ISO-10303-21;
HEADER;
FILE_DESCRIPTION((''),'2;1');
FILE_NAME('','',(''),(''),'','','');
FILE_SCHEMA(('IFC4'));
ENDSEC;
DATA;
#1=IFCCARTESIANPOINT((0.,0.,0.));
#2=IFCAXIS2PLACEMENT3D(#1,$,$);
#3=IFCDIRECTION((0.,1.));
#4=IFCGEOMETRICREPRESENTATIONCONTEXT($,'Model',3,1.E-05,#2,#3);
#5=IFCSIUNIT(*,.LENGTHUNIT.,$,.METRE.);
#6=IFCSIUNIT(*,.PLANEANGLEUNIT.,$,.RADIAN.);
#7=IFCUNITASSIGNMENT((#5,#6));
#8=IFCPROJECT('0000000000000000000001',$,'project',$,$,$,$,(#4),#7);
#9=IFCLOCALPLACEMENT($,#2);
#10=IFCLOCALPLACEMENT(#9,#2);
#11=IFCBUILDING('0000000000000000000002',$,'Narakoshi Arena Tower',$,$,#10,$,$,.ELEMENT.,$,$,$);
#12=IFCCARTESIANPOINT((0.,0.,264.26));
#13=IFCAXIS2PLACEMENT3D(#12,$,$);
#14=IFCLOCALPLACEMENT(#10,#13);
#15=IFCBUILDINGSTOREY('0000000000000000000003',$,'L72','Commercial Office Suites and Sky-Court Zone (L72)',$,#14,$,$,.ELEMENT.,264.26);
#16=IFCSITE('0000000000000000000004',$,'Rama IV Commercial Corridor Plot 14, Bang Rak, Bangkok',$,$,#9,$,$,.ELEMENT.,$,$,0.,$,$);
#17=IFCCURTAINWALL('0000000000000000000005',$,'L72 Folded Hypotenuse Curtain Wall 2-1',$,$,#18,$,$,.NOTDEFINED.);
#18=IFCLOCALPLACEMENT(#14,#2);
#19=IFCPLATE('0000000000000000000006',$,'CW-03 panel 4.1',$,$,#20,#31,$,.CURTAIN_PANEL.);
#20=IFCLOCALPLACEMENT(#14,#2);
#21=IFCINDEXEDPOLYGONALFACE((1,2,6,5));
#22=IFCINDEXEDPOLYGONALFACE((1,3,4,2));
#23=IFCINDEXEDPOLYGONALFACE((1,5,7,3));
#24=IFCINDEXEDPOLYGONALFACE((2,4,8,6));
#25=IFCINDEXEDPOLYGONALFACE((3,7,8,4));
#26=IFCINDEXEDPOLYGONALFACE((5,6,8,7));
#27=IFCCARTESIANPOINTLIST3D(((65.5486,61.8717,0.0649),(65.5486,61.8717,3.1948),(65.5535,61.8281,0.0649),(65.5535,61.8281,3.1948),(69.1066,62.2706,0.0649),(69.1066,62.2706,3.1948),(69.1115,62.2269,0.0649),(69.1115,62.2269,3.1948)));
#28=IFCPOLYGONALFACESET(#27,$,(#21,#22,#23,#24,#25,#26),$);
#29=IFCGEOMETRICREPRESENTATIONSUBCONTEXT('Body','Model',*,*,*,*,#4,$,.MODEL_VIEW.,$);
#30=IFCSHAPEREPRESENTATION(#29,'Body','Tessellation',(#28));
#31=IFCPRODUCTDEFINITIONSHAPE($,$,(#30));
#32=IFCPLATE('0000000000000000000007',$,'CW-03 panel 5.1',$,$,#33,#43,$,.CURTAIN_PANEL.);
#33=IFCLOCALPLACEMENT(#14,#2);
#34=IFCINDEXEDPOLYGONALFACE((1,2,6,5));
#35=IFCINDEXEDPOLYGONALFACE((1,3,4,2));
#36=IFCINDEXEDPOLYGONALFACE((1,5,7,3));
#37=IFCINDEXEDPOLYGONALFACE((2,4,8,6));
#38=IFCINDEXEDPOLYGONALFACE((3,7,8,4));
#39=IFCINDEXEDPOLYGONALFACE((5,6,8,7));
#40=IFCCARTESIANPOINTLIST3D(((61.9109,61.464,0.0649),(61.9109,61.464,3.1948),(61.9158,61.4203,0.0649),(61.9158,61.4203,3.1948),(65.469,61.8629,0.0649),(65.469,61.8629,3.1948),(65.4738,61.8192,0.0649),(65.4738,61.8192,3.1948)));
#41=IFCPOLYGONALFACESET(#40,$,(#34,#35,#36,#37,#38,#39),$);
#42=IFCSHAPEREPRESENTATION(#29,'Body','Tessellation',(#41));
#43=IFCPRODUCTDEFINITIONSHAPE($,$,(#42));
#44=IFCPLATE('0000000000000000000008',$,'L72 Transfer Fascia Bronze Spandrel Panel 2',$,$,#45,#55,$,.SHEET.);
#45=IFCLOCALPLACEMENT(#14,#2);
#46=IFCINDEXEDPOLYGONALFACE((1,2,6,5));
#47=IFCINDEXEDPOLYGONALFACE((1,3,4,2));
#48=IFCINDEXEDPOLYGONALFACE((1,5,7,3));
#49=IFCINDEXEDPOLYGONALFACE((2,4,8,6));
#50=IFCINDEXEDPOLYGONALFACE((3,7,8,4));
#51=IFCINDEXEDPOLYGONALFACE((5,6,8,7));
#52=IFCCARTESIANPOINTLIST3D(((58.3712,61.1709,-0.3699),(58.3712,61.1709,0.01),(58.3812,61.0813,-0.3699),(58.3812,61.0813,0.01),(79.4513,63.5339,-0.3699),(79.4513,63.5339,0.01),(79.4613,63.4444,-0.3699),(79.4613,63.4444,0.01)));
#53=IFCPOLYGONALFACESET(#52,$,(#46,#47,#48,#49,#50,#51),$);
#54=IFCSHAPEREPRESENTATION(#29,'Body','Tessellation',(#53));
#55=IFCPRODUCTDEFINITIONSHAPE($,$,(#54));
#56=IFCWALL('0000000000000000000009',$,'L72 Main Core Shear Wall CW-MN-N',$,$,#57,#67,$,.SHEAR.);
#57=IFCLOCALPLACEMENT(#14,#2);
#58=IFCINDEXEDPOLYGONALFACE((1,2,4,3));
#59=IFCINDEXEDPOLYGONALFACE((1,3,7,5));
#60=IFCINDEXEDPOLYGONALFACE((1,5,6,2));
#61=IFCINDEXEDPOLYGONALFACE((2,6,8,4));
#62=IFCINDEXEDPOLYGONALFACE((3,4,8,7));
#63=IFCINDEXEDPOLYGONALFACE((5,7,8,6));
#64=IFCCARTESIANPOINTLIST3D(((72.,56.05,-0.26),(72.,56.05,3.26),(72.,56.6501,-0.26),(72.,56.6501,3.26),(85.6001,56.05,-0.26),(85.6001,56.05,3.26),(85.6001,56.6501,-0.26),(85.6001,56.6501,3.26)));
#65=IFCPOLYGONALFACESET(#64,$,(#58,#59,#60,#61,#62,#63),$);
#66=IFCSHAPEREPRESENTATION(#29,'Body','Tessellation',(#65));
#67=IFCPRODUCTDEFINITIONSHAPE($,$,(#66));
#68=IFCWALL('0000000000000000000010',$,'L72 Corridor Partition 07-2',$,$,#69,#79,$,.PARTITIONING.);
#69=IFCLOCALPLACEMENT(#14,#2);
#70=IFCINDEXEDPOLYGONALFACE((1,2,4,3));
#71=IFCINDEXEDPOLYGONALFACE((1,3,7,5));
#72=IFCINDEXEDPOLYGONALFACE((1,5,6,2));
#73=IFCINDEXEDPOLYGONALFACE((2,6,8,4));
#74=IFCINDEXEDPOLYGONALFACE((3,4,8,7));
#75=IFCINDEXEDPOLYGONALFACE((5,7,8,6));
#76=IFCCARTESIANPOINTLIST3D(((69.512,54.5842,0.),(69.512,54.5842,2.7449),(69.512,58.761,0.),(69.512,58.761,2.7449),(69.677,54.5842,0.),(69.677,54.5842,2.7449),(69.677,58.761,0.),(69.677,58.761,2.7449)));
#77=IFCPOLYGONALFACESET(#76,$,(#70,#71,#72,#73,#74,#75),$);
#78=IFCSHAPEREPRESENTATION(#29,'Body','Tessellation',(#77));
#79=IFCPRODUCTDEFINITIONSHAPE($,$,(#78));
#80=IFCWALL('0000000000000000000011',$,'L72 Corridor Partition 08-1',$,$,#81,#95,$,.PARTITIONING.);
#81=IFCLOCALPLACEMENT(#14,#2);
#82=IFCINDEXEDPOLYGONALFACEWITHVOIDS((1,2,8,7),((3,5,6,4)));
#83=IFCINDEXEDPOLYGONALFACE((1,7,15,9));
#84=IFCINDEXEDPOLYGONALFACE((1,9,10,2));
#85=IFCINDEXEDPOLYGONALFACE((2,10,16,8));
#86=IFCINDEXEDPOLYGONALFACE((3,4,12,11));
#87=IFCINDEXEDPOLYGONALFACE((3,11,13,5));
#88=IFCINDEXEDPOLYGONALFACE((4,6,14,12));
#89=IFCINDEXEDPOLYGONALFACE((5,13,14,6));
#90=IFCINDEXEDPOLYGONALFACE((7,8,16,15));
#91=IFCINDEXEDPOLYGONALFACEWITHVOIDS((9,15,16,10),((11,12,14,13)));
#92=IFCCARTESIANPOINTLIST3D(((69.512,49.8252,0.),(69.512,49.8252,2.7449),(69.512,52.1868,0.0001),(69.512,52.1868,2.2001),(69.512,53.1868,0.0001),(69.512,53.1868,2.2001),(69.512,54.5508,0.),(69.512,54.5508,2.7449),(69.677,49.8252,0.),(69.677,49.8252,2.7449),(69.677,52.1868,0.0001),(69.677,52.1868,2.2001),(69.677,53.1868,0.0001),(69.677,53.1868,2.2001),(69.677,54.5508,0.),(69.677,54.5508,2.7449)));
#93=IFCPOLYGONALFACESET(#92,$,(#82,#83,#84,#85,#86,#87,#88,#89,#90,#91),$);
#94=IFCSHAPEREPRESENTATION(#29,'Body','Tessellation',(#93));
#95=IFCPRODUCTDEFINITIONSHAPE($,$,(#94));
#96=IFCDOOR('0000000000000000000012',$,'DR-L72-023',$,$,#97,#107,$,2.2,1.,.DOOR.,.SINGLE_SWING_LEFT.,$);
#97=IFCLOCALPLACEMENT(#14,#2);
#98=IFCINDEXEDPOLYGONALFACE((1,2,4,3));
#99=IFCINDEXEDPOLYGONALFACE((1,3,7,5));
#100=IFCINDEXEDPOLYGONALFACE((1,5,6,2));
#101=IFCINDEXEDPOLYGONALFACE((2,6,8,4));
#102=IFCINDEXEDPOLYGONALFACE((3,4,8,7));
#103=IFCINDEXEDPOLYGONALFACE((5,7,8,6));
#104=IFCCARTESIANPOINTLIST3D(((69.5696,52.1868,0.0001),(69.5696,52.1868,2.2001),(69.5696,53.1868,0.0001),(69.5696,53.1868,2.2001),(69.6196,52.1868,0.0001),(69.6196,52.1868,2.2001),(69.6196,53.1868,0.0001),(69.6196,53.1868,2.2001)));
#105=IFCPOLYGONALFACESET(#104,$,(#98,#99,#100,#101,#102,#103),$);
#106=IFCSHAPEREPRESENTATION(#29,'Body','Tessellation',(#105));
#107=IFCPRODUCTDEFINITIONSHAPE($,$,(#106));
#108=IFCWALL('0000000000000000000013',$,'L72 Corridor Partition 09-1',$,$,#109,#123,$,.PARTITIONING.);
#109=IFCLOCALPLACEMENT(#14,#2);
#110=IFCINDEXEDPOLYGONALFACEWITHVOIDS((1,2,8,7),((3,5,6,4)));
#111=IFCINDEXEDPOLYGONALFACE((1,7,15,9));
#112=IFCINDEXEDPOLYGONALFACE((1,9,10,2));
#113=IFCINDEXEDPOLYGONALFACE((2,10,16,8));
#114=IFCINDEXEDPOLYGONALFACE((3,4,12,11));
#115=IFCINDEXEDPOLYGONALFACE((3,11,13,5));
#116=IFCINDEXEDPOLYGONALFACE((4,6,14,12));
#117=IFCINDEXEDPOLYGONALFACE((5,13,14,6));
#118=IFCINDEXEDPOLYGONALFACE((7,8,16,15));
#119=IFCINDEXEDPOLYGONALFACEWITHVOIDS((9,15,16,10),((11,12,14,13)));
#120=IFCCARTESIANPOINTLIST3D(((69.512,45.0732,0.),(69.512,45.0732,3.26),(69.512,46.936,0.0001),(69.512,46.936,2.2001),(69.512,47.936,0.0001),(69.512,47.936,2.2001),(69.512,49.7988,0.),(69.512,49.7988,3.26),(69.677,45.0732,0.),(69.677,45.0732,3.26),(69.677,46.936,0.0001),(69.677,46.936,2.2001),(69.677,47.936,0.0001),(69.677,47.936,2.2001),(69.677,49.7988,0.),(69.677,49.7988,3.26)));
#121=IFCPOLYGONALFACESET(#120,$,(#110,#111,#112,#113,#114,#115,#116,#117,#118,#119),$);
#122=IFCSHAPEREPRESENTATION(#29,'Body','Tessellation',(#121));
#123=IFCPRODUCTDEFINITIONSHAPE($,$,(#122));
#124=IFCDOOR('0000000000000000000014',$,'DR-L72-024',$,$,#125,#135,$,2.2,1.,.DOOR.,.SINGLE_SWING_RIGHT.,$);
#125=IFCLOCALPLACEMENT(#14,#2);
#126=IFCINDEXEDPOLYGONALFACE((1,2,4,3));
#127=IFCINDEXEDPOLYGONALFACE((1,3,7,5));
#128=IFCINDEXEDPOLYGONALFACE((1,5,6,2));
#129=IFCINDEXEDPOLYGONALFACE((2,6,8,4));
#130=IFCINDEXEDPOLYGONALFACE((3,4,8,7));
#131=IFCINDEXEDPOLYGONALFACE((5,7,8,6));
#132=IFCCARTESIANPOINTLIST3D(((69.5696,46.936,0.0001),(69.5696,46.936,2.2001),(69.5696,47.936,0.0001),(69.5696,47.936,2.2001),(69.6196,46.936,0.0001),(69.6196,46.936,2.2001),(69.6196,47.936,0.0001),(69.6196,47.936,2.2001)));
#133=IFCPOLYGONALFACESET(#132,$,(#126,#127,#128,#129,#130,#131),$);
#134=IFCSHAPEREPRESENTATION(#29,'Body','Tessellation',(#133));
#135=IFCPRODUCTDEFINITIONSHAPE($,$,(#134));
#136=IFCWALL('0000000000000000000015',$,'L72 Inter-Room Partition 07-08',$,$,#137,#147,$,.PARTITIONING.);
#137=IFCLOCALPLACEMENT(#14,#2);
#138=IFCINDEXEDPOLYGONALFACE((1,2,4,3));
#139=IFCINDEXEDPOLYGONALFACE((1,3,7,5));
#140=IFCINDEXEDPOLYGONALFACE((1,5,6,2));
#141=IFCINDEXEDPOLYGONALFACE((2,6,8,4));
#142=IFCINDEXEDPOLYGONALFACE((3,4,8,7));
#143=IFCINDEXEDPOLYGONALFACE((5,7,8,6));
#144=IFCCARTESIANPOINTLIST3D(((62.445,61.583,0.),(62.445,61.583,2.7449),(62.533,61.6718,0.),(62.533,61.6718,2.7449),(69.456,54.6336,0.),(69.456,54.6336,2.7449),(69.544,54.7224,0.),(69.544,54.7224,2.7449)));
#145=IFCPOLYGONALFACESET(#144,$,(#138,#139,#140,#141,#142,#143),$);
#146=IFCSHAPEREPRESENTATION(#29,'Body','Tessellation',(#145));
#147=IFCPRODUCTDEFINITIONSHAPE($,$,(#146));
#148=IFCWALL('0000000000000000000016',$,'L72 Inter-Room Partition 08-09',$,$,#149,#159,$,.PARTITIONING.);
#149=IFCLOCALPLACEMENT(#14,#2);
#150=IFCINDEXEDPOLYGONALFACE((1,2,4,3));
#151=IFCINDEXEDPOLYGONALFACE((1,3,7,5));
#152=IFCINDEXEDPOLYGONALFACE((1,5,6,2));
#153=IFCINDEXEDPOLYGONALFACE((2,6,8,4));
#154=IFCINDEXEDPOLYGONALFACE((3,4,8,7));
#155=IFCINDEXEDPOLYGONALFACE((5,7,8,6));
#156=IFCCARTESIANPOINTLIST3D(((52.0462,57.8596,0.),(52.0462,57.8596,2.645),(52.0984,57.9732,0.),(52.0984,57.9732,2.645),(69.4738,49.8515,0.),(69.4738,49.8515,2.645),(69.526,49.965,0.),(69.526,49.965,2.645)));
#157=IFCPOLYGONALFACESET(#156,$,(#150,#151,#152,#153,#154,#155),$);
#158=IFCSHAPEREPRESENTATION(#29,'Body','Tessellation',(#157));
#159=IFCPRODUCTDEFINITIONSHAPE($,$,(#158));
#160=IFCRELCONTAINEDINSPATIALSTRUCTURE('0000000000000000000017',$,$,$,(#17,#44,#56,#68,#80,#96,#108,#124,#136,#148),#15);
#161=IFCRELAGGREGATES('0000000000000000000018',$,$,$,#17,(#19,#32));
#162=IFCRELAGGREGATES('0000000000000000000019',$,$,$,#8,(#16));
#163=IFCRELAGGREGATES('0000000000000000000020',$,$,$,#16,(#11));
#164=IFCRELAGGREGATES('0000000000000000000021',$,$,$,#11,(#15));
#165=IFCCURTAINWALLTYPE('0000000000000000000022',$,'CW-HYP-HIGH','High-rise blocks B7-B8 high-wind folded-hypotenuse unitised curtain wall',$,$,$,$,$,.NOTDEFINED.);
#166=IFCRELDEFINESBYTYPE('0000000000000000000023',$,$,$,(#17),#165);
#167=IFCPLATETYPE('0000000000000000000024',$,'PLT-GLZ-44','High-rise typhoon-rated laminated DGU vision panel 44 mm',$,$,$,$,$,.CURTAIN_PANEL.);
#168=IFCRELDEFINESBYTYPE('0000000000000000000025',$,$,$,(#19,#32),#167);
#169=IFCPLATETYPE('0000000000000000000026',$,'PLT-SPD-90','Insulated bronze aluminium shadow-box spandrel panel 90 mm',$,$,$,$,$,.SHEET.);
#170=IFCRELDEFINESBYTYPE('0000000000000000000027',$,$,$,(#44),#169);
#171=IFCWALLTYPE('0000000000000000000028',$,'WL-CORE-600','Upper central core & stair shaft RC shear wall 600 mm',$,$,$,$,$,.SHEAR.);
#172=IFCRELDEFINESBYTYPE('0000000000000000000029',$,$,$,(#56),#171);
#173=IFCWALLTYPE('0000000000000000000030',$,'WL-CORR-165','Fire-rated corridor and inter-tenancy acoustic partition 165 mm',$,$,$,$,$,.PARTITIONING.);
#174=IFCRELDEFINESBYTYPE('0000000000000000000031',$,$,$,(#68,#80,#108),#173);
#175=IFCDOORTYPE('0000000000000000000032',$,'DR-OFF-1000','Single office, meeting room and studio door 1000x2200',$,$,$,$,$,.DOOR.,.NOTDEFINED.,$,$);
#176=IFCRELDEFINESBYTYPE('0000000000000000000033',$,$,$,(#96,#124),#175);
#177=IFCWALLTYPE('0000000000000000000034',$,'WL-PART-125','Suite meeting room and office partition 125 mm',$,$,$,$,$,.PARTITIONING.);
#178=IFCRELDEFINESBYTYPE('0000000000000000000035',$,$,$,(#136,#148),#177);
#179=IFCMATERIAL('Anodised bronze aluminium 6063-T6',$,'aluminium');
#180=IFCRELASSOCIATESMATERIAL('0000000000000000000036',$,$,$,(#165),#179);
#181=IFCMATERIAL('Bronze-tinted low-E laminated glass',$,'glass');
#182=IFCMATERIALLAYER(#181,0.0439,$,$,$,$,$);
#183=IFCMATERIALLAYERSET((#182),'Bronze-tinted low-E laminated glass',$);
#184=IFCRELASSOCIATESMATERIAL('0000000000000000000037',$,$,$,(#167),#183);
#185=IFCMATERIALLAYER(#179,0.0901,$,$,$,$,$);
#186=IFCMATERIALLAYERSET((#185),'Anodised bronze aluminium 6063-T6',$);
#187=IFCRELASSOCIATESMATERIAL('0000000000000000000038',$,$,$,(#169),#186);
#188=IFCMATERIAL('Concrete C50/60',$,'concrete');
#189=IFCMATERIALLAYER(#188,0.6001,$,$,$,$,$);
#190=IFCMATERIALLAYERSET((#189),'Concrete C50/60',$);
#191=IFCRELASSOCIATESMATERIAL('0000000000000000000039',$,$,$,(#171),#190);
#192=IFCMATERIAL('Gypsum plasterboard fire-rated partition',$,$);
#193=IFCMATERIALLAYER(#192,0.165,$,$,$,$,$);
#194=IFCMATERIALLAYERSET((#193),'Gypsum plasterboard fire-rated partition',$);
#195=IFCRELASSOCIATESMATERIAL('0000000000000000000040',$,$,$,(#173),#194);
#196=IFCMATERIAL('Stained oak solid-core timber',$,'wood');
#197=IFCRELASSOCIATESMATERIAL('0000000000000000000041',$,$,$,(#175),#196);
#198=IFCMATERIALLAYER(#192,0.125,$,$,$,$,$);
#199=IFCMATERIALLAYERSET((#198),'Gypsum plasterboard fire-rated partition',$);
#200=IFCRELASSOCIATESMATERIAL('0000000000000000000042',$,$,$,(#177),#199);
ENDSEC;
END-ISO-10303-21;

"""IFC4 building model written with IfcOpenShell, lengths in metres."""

from ifc_helpers import new_model, si_unit, direction, frame, frame_2d, origin, origin_2d, place, context, subcontext, project, spatial, rectangle, extrude, material, layer, layer_set, type_object, element, fill, aggregate, save


model = new_model("IFC4")

# Units and contexts
model_context = context("Model", 3, precision=1e-05, world=origin(), true_north=direction((0.0, 1.0)))
body_context = subcontext(model_context, "Body", "Model", "MODEL_VIEW")
ifc_project = project(units=[si_unit("LENGTHUNIT", "METRE"), si_unit("PLANEANGLEUNIT", "RADIAN")], contexts=[model_context])

# Site, building, storey
site_placement = place(None, origin())
site = spatial("IfcSite", under=ifc_project, at=site_placement, Name="Rama IV Commercial Corridor Plot 14, Bang Rak, Bangkok", CompositionType="ELEMENT", RefElevation=0.0)
building_placement = place(site_placement, origin())
building = spatial("IfcBuilding", under=site, at=building_placement, Name="Narakoshi Arena Tower", CompositionType="ELEMENT")
storey_placement = place(building_placement, frame((0.0, 0.0, 264.26)))
storey = spatial("IfcBuildingStorey", under=building, at=storey_placement, Name="L72", Description="Commercial Office Suites and Sky-Court Zone (L72)", CompositionType="ELEMENT", Elevation=264.26)

# Shared definitions
ifc_material_1 = material(Name="Concrete C50/60", Category="concrete")

# Curtain wall, plates
ifc_material_2 = material(Name="Anodised bronze aluminium 6063-T6", Category="aluminium")
curtain_wall_type = type_object("IfcCurtainWallType", Name="CW-HYP-HIGH", Description="High-rise blocks B7-B8 high-wind folded-hypotenuse unitised curtain wall", PredefinedType="NOTDEFINED", material=ifc_material_2)
curtain_wall_placement = place(storey_placement, origin())
curtain_wall = element("IfcCurtainWall", 1, at=curtain_wall_placement, inside=storey, type_object=curtain_wall_type, Name="L72 Folded Hypotenuse Curtain Wall 2-1", PredefinedType="NOTDEFINED")
ifc_material_3 = material(Name="Bronze-tinted low-E laminated glass", Category="glass")
ifc_layer_1 = layer(ifc_material_3, 0.0439)
ifc_layer_set_1 = layer_set([ifc_layer_1], Name="Bronze-tinted low-E laminated glass")
plate_type_1 = type_object("IfcPlateType", Name="PLT-GLZ-44", Description="High-rise typhoon-rated laminated DGU vision panel 44 mm", PredefinedType="CURTAIN_PANEL", material=ifc_layer_set_1)
plate_1_placement = place(storey_placement, frame((67.3301, 62.0493, 0.0649), z_axis=(0.0, 0.0, 1.0), x_axis=(-0.993776, -0.111396, 0.0)))
plate_1 = element("IfcPlate", 2, at=plate_1_placement, type_object=plate_type_1, Name="CW-03 panel 4.1", PredefinedType="CURTAIN_PANEL", context=body_context, shape_type="SweptSolid", body=[
    extrude(rectangle(XDim=3.5803, YDim=0.0439, at=origin_2d()), origin(), (0.0, 0.0, 1.0), 3.1299),
])
plate_2_placement = place(storey_placement, frame((63.6924, 61.6416, 0.0649), z_axis=(0.0, 0.0, 1.0), x_axis=(-0.993776, -0.111396, 0.0)))
plate_2 = element("IfcPlate", 3, at=plate_2_placement, type_object=plate_type_1, Name="CW-03 panel 5.1", PredefinedType="CURTAIN_PANEL", context=body_context, shape_type="SweptSolid", body=[
    extrude(rectangle(XDim=3.5803, YDim=0.0439, at=origin_2d()), origin(), (0.0, 0.0, 1.0), 3.1299),
])
aggregate(curtain_wall, [plate_1, plate_2])

# Plate
ifc_layer_2 = layer(ifc_material_2, 0.0901)
ifc_layer_set_2 = layer_set([ifc_layer_2], Name="Anodised bronze aluminium 6063-T6")
plate_type_2 = type_object("IfcPlateType", Name="PLT-SPD-90", Description="Insulated bronze aluminium shadow-box spandrel panel 90 mm", PredefinedType="SHEET", material=ifc_layer_set_2)
plate_3_placement = place(storey_placement, frame((68.9163, 62.3076, -0.3699), z_axis=(0.0, 0.0, 1.0), x_axis=(-0.993776, -0.1114, 0.0)))
element("IfcPlate", 4, at=plate_3_placement, inside=storey, type_object=plate_type_2, Name="L72 Transfer Fascia Bronze Spandrel Panel 2", PredefinedType="SHEET", context=body_context, shape_type="SweptSolid", body=[
    extrude(rectangle(XDim=21.2122, YDim=0.0901, at=origin_2d()), origin(), (0.0, 0.0, 1.0), 0.3799),
])

# Walls
ifc_layer_3 = layer(ifc_material_1, 0.6001)
ifc_layer_set_3 = layer_set([ifc_layer_3], Name="Concrete C50/60")
wall_type_1 = type_object("IfcWallType", Name="WL-CORE-600", Description="Upper central core & stair shaft RC shear wall 600 mm", PredefinedType="SHEAR", material=ifc_layer_set_3)
wall_1_placement = place(storey_placement, frame((72.0, 56.3501, -0.26), z_axis=(0.0, 0.0, 1.0), x_axis=(1.0, 0.0, 0.0)))
element("IfcWall", 5, at=wall_1_placement, inside=storey, type_object=wall_type_1, Name="L72 Main Core Shear Wall CW-MN-N", PredefinedType="SHEAR", context=body_context, shape_type="SweptSolid", body=[
    extrude(rectangle(XDim=13.6001, YDim=0.6001, at=frame_2d((6.8, 0.0))), origin(), (0.0, 0.0, 1.0), 3.52),
])
ifc_material_4 = material(Name="Gypsum plasterboard fire-rated partition")
ifc_layer_4 = layer(ifc_material_4, 0.165)
ifc_layer_set_4 = layer_set([ifc_layer_4], Name="Gypsum plasterboard fire-rated partition")
wall_type_2 = type_object("IfcWallType", Name="WL-CORR-165", Description="Fire-rated corridor and inter-tenancy acoustic partition 165 mm", PredefinedType="PARTITIONING", material=ifc_layer_set_4)
wall_2_placement = place(storey_placement, frame((69.5945, 58.761, 0.0), z_axis=(0.0, 0.0, 1.0), x_axis=(0.0, -1.0, 0.0)))
element("IfcWall", 6, at=wall_2_placement, inside=storey, type_object=wall_type_2, Name="L72 Corridor Partition 07-2", PredefinedType="PARTITIONING", context=body_context, shape_type="SweptSolid", body=[
    extrude(rectangle(XDim=4.1768, YDim=0.165, at=frame_2d((2.0884, 0.0))), origin(), (0.0, 0.0, 1.0), 2.7449),
])

# Walls, openings, doors
wall_3_placement = place(storey_placement, frame((69.5945, 54.5508, 0.0), z_axis=(0.0, 0.0, 1.0), x_axis=(0.0, -1.0, 0.0)))
wall_3 = element("IfcWall", 7, at=wall_3_placement, inside=storey, type_object=wall_type_2, Name="L72 Corridor Partition 08-1", PredefinedType="PARTITIONING", context=body_context, shape_type="SweptSolid", body=[
    extrude(rectangle(XDim=4.7256, YDim=0.165, at=frame_2d((2.3628, 0.0))), origin(), (0.0, 0.0, 1.0), 2.7449),
])
opening_1_placement = place(wall_3_placement, frame((1.364, 0.0, 0.0)))
opening_1 = element("IfcOpeningElement", 8, at=opening_1_placement, cuts=wall_3, PredefinedType="OPENING", context=body_context, shape_type="SweptSolid", body=[
    extrude(rectangle(XDim=1.0, YDim=2.2, at=frame_2d((0.5, 1.1001))), frame((0.0, 0.0925, 0.0), z_axis=(0.0, -1.0, 0.0), x_axis=(1.0, 0.0, 0.0)), (0.0, 0.0, 1.0), 0.1851),
])
ifc_material_5 = material(Name="Stained oak solid-core timber", Category="wood")
door_type_1 = type_object("IfcDoorType", Name="DR-OFF-1000", Description="Single office, meeting room and studio door 1000x2200", OperationType="NOTDEFINED", PredefinedType="DOOR", material=ifc_material_5)
door_1_placement = place(opening_1_placement, frame((1.0, 0.0, 0.0), z_axis=(0.0, 0.0, 1.0), x_axis=(-1.0, 0.0, 0.0)))
door_1 = element("IfcDoor", 9, at=door_1_placement, inside=storey, type_object=door_type_1, Name="DR-L72-023", OperationType="SINGLE_SWING_LEFT", OverallHeight=2.2, OverallWidth=1.0, PredefinedType="DOOR", context=body_context, shape_type="SweptSolid", body=[
    extrude(rectangle(XDim=1.0, YDim=2.2, at=frame_2d((0.5, 1.1001))), frame((0.0, 0.0249, 0.0), z_axis=(0.0, -1.0, 0.0), x_axis=(1.0, 0.0, 0.0)), (0.0, 0.0, 1.0), 0.05),
])
fill(opening_1, door_1)
wall_4_placement = place(storey_placement, frame((69.5945, 49.7988, 0.0), z_axis=(0.0, 0.0, 1.0), x_axis=(0.0, -1.0, 0.0)))
wall_4 = element("IfcWall", 10, at=wall_4_placement, inside=storey, type_object=wall_type_2, Name="L72 Corridor Partition 09-1", PredefinedType="PARTITIONING", context=body_context, shape_type="SweptSolid", body=[
    extrude(rectangle(XDim=4.7256, YDim=0.165, at=frame_2d((2.3628, 0.0))), origin(), (0.0, 0.0, 1.0), 3.26),
])
opening_2_placement = place(wall_4_placement, frame((1.8628, 0.0, 0.0)))
opening_2 = element("IfcOpeningElement", 11, at=opening_2_placement, cuts=wall_4, PredefinedType="OPENING", context=body_context, shape_type="SweptSolid", body=[
    extrude(rectangle(XDim=1.0, YDim=2.2, at=frame_2d((0.5, 1.1001))), frame((0.0, 0.0925, 0.0), z_axis=(0.0, -1.0, 0.0), x_axis=(1.0, 0.0, 0.0)), (0.0, 0.0, 1.0), 0.1851),
])
door_2_placement = place(opening_2_placement, frame((1.0, 0.0, 0.0), z_axis=(0.0, 0.0, 1.0), x_axis=(-1.0, 0.0, 0.0)))
door_2 = element("IfcDoor", 12, at=door_2_placement, inside=storey, type_object=door_type_1, Name="DR-L72-024", OperationType="SINGLE_SWING_RIGHT", OverallHeight=2.2, OverallWidth=1.0, PredefinedType="DOOR", context=body_context, shape_type="SweptSolid", body=[
    extrude(rectangle(XDim=1.0, YDim=2.2, at=frame_2d((0.5, 1.1001))), frame((0.0, 0.0249, 0.0), z_axis=(0.0, -1.0, 0.0), x_axis=(1.0, 0.0, 0.0)), (0.0, 0.0, 1.0), 0.05),
])
fill(opening_2, door_2)

# Walls
ifc_layer_5 = layer(ifc_material_4, 0.125)
ifc_layer_set_5 = layer_set([ifc_layer_5], Name="Gypsum plasterboard fire-rated partition")
wall_type_3 = type_object("IfcWallType", Name="WL-PART-125", Description="Suite meeting room and office partition 125 mm", PredefinedType="PARTITIONING", material=ifc_layer_set_5)
wall_5_placement = place(storey_placement, frame((69.5, 54.678, 0.0), z_axis=(0.0, 0.0, 1.0), x_axis=(-0.710216, 0.703984, 0.0)))
element("IfcWall", 13, at=wall_5_placement, inside=storey, type_object=wall_type_3, Name="L72 Inter-Room Partition 07-08", PredefinedType="PARTITIONING", context=body_context, shape_type="SweptSolid", body=[
    extrude(rectangle(XDim=9.8716, YDim=0.125, at=frame_2d((4.9358, 0.0))), origin(), (0.0, 0.0, 1.0), 2.7449),
])
wall_6_placement = place(storey_placement, frame((69.5, 49.9082, 0.0), z_axis=(0.0, 0.0, 1.0), x_axis=(-0.90866, 0.417536, 0.0)))
element("IfcWall", 14, at=wall_6_placement, inside=storey, type_object=wall_type_3, Name="L72 Inter-Room Partition 08-09", PredefinedType="PARTITIONING", context=body_context, shape_type="SweptSolid", body=[
    extrude(rectangle(XDim=19.1794, YDim=0.125, at=frame_2d((9.5898, 0.0))), origin(), (0.0, 0.0, 1.0), 2.645),
])

save(model, "model.ifc")
